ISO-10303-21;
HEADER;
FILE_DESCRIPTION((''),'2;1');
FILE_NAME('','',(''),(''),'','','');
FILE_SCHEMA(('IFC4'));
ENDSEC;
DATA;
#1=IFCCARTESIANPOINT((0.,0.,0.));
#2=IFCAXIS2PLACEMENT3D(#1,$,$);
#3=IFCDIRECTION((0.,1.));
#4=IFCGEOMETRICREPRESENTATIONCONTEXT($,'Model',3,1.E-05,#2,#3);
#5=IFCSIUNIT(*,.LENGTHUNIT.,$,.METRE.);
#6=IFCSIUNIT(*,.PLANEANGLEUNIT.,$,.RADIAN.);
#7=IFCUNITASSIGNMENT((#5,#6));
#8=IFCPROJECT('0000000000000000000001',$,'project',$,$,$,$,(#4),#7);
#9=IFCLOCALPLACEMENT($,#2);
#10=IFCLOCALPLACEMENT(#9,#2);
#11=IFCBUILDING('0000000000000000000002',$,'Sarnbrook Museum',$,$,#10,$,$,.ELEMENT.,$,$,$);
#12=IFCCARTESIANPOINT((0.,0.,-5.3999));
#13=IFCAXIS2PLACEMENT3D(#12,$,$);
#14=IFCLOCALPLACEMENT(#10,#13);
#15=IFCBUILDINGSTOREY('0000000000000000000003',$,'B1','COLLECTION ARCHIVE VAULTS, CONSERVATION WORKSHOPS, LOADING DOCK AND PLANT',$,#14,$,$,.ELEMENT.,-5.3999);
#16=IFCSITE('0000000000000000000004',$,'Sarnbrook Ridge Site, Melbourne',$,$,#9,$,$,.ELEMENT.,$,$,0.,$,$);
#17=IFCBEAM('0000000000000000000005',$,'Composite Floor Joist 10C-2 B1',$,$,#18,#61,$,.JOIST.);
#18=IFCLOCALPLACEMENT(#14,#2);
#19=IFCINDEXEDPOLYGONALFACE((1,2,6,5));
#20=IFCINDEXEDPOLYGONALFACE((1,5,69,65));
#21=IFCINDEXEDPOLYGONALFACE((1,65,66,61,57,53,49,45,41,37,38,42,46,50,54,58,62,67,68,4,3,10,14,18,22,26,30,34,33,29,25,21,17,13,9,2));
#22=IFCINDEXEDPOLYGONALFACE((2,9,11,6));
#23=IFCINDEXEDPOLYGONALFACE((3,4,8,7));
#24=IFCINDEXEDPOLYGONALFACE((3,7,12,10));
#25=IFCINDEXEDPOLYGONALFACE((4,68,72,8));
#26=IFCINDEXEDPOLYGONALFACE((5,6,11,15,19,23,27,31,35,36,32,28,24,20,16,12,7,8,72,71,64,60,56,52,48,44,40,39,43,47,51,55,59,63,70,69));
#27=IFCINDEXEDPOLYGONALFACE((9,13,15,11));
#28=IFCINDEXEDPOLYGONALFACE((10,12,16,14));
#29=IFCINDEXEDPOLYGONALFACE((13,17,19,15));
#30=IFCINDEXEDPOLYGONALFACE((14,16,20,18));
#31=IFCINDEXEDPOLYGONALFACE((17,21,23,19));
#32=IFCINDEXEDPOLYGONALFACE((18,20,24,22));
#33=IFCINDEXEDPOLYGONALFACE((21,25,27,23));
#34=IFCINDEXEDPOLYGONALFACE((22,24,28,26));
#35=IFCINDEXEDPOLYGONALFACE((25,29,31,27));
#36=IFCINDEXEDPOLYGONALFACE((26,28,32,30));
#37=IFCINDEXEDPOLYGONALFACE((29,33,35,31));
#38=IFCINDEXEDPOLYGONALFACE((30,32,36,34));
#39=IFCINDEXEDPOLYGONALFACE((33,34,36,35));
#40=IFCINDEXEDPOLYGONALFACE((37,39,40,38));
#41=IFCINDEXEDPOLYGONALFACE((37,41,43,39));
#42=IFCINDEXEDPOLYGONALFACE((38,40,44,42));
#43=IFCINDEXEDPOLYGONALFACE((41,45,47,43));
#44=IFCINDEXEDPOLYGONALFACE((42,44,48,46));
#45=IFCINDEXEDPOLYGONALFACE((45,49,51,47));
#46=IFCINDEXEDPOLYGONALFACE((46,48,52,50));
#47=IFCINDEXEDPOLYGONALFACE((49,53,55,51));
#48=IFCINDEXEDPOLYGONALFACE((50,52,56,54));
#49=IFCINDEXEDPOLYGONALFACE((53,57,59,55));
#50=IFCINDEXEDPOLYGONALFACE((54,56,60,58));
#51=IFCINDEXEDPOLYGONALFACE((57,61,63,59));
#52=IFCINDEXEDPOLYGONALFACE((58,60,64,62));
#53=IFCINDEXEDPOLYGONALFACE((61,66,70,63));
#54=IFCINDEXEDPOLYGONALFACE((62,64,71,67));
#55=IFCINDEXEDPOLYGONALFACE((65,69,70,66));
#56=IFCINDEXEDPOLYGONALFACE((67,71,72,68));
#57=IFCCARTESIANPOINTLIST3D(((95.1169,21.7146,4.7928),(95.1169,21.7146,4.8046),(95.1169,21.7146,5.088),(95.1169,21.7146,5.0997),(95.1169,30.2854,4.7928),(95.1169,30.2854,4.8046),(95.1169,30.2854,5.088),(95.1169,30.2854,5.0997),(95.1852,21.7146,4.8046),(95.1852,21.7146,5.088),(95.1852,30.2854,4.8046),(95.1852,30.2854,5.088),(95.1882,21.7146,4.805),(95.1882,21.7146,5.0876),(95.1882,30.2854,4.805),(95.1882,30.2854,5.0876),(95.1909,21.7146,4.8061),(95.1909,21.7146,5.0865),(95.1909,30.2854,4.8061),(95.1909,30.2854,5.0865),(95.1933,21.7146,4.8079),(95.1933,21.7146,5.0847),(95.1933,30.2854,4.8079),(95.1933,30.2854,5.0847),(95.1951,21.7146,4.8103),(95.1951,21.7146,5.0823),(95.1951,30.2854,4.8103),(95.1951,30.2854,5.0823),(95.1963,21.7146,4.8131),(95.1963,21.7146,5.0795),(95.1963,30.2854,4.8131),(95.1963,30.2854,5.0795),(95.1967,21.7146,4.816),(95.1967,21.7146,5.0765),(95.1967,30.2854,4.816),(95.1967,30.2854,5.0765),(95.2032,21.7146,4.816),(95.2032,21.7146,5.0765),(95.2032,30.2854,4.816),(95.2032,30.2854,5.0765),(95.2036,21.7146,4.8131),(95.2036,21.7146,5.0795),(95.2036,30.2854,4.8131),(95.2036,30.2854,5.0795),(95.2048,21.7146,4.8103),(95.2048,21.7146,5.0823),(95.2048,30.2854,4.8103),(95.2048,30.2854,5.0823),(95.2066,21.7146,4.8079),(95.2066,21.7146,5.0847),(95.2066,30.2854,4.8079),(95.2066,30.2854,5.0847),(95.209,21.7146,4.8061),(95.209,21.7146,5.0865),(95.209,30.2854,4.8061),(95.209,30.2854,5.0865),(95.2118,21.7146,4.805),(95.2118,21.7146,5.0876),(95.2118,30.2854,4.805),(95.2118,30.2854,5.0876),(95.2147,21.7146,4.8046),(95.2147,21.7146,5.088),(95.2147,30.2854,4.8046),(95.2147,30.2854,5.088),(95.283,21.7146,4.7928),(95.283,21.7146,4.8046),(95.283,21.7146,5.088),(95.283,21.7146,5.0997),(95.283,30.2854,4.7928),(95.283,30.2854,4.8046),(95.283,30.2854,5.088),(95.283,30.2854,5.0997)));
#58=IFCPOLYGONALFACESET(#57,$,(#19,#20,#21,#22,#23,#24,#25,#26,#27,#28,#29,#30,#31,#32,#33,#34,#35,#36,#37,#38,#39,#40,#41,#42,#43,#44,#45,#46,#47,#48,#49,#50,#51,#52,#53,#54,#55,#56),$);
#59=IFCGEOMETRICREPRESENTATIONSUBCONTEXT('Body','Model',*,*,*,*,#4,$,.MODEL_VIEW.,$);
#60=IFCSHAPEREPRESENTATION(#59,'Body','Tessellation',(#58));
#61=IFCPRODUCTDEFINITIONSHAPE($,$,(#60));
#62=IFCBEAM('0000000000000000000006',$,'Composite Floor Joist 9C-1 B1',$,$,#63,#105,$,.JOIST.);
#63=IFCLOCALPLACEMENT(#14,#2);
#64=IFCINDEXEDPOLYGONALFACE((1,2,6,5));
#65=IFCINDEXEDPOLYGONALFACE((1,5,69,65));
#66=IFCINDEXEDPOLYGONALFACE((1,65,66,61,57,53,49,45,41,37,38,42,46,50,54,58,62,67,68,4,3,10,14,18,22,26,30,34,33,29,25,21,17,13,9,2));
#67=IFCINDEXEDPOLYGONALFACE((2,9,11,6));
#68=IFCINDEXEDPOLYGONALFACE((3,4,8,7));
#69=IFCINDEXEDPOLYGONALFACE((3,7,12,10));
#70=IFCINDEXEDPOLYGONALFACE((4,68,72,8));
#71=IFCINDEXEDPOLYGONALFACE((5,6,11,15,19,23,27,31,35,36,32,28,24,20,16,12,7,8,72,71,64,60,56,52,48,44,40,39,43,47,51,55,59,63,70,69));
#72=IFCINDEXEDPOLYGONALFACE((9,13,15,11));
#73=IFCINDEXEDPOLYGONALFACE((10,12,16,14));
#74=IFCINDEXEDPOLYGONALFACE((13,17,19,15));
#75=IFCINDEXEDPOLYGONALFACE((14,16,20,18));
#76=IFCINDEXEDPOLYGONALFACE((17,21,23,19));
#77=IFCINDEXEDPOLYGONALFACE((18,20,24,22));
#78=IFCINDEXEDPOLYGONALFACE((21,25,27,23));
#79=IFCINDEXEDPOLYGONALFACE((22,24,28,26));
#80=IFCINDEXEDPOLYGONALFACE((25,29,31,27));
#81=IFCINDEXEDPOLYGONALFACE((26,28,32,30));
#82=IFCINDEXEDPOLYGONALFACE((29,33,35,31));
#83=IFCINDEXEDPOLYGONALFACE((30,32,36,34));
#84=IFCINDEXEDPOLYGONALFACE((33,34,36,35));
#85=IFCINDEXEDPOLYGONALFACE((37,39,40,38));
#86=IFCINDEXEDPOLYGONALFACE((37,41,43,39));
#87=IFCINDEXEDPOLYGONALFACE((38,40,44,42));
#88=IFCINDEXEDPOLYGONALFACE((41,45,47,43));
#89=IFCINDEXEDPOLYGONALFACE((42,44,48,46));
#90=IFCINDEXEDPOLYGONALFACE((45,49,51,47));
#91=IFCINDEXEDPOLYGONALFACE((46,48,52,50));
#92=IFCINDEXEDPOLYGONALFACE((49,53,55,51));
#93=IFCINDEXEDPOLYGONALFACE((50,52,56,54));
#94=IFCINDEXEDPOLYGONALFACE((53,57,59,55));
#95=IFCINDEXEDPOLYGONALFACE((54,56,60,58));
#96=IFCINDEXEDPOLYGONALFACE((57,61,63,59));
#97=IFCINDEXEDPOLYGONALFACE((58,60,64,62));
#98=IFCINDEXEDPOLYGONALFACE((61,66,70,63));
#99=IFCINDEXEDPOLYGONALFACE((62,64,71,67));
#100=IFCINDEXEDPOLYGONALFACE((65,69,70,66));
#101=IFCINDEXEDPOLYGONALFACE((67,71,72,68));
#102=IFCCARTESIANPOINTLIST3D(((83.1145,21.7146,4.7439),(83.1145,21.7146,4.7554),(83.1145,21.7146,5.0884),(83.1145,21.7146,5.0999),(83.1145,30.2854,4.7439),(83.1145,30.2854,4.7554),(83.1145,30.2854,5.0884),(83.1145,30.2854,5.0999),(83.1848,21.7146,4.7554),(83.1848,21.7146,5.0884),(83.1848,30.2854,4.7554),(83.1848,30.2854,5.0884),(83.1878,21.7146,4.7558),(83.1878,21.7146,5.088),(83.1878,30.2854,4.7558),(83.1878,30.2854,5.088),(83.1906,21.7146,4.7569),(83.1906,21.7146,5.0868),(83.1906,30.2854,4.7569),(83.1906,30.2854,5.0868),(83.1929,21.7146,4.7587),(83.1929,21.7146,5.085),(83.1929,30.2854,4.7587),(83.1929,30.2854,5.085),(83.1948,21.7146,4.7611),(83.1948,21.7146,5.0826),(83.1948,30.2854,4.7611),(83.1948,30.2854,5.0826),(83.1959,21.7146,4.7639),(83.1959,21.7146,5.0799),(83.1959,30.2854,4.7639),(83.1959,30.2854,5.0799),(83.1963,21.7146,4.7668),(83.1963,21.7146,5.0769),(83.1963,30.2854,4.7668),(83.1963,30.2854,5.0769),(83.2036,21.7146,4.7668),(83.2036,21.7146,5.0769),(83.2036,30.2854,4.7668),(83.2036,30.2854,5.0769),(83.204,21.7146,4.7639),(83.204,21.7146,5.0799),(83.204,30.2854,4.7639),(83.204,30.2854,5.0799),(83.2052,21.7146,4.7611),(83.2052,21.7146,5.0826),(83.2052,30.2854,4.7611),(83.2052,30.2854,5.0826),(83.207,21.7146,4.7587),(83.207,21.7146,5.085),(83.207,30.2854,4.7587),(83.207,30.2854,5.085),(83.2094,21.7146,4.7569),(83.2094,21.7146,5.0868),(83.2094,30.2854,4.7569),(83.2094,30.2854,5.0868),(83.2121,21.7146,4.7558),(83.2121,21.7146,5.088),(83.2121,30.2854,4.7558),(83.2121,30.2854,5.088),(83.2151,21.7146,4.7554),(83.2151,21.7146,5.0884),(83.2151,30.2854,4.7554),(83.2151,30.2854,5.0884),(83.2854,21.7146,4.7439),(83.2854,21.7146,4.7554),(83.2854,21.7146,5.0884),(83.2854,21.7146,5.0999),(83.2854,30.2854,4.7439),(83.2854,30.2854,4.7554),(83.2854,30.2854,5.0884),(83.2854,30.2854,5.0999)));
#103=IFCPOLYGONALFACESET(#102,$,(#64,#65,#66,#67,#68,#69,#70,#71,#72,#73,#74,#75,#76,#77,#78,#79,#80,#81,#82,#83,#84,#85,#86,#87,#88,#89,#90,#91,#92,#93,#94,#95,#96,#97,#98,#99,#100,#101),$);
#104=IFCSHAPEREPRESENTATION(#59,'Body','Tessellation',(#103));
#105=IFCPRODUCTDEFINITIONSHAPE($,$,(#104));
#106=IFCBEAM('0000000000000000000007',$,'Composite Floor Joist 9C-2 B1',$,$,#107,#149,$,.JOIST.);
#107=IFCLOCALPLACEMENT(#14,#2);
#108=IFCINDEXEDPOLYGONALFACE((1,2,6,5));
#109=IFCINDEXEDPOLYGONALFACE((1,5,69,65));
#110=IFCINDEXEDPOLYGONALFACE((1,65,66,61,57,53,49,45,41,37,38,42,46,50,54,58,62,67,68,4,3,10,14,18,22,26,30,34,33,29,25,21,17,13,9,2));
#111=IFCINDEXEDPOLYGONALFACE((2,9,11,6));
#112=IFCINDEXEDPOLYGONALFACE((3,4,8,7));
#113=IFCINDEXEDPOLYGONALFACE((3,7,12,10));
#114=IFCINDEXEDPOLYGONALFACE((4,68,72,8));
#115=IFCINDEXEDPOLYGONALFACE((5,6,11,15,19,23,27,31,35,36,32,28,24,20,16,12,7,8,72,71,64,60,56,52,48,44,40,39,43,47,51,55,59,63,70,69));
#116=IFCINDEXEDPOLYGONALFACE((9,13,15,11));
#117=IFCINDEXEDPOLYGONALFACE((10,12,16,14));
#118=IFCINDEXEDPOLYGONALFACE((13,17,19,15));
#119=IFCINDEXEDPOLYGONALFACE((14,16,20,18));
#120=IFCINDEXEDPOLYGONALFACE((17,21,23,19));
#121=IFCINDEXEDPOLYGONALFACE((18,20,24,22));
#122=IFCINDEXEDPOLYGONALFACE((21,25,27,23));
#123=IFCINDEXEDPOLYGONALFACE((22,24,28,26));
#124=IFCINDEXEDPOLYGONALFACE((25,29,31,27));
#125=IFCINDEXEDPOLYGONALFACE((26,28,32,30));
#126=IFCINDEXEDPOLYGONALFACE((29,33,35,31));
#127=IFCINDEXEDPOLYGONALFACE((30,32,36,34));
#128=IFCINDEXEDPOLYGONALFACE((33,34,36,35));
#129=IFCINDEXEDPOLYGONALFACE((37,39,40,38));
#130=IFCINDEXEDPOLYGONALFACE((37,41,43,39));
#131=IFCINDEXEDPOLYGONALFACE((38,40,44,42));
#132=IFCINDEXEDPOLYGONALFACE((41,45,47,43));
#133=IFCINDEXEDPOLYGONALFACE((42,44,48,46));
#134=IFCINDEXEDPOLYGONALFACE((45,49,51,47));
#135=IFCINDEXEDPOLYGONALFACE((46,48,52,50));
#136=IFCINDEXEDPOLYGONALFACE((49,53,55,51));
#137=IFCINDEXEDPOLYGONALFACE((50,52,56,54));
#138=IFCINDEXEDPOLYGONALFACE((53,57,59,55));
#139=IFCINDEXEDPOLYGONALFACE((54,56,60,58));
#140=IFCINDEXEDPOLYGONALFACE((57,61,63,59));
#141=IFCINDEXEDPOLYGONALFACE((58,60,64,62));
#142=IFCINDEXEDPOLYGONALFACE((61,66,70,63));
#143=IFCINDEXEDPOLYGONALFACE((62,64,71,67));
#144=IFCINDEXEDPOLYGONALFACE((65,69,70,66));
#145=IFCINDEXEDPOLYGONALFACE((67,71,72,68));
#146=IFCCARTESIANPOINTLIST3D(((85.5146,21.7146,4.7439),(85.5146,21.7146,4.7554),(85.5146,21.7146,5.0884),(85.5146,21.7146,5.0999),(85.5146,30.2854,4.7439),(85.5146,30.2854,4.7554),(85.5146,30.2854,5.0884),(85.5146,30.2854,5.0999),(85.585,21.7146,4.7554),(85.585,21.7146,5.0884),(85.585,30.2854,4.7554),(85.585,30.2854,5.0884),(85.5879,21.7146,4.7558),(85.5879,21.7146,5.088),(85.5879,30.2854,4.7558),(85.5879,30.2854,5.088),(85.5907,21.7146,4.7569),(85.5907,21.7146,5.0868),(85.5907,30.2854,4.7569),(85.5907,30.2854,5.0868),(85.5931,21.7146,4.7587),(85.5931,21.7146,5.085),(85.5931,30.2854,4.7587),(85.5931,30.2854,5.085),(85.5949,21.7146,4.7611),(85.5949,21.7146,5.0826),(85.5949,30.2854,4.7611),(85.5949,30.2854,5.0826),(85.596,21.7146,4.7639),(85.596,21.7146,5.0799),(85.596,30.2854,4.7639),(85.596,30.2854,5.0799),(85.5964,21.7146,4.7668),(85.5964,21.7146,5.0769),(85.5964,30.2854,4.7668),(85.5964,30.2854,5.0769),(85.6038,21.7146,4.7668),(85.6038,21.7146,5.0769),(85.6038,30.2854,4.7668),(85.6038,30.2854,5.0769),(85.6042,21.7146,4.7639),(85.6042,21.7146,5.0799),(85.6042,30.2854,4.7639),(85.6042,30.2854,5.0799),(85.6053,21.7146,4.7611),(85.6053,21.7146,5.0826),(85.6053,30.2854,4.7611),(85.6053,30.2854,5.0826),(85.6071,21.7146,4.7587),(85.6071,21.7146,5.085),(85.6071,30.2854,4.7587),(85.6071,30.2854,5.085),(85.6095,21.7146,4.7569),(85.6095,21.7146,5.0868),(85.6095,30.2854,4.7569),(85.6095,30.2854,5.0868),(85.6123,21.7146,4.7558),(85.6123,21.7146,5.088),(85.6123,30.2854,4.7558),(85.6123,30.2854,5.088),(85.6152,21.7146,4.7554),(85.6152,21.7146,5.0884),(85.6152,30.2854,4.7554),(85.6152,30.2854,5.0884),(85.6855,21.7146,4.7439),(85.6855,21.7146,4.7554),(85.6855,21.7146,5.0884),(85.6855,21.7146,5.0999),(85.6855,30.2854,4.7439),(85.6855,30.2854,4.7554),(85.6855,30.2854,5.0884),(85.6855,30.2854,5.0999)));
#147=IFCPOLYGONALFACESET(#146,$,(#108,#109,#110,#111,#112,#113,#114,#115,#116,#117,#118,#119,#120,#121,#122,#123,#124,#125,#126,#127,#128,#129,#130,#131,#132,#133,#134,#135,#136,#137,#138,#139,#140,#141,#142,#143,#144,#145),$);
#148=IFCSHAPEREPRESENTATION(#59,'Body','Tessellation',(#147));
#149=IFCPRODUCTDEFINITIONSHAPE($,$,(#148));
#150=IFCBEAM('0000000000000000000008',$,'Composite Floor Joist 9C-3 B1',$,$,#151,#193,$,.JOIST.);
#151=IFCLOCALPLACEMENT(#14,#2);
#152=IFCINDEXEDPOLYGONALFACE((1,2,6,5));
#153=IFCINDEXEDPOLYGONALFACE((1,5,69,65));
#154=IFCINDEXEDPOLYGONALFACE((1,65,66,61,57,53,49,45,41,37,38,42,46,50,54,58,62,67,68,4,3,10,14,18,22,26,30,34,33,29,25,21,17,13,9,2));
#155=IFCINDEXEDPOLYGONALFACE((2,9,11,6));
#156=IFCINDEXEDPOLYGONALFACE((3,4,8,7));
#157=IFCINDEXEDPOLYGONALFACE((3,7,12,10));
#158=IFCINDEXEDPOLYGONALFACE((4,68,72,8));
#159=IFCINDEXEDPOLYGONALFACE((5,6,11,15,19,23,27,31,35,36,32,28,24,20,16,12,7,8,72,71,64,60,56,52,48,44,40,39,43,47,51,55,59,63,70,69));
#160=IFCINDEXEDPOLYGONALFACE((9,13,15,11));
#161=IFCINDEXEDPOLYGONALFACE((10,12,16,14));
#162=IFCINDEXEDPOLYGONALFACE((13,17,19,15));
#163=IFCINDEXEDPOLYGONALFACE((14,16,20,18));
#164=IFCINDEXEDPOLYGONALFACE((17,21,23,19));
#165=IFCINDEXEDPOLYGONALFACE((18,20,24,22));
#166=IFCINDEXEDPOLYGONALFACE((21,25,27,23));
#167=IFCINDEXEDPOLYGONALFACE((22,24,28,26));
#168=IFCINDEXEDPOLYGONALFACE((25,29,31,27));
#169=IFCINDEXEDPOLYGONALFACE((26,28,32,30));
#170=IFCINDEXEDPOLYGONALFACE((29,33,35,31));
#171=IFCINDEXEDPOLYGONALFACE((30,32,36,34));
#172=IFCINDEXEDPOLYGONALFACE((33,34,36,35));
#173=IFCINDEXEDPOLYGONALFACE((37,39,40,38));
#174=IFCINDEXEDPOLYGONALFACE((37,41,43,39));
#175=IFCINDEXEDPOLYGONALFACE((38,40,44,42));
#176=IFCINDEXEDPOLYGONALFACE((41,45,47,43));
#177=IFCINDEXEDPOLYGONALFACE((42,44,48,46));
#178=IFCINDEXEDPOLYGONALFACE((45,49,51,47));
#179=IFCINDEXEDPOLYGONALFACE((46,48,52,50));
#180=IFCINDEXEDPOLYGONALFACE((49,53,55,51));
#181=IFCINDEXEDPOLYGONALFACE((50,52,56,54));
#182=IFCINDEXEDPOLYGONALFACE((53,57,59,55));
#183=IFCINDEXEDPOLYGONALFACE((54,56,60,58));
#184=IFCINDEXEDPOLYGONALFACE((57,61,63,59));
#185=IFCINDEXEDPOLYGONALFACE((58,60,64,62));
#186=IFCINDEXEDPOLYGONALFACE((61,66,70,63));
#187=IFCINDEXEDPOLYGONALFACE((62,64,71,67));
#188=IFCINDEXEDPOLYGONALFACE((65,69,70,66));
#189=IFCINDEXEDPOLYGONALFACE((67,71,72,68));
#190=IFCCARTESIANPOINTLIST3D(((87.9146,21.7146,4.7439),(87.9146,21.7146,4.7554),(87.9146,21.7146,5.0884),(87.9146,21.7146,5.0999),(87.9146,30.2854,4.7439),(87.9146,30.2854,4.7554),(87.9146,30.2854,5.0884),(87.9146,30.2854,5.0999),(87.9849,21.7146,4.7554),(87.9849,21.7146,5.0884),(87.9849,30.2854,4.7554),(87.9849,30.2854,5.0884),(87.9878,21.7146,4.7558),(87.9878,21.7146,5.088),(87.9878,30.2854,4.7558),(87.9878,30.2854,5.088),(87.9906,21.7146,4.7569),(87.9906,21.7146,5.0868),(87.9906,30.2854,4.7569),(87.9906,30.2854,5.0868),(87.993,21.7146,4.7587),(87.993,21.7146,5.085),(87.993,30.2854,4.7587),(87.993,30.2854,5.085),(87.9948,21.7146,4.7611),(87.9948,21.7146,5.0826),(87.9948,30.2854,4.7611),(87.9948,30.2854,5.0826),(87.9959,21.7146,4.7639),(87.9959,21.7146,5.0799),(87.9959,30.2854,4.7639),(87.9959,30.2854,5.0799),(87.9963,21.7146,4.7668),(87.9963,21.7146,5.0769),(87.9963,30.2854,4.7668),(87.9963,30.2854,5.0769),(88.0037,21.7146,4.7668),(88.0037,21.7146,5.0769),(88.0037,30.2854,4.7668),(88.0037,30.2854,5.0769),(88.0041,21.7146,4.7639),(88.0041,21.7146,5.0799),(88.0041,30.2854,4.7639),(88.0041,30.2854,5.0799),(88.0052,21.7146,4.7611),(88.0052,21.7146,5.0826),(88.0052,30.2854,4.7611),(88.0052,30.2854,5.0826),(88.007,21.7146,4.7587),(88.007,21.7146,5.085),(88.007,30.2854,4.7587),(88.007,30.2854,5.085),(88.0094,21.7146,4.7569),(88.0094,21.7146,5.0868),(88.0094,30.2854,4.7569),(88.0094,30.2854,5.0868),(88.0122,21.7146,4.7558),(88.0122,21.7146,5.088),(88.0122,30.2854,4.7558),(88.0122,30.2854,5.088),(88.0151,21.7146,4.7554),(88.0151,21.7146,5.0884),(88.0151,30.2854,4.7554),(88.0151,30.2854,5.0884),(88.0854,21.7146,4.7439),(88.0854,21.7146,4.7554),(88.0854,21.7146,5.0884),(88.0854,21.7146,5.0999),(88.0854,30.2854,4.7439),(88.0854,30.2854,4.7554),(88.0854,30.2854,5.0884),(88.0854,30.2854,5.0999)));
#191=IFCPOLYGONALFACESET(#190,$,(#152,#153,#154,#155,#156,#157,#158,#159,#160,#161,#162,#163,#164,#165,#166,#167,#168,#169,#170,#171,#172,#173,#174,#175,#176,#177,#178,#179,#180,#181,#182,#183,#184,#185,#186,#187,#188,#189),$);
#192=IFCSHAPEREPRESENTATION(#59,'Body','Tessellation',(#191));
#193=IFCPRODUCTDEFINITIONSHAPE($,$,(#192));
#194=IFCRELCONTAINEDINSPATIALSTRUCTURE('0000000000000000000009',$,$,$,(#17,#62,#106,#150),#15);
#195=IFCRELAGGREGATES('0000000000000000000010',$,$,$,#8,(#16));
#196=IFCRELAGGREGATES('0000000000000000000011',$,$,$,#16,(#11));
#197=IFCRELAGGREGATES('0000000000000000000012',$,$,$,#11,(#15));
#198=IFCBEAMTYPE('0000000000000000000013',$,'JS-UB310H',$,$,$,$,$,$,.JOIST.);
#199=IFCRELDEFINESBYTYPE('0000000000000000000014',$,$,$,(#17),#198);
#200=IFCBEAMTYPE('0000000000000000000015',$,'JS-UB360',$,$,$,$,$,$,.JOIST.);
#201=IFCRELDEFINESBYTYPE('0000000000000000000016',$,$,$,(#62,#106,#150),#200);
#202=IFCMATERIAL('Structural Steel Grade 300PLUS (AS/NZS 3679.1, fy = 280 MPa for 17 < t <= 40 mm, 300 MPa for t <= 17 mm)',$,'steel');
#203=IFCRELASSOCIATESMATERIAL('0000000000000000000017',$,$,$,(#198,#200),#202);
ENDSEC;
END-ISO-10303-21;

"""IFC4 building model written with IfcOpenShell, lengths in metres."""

from ifc_helpers import new_model, si_unit, direction, frame, origin, origin_2d, place, context, subcontext, project, spatial, i_section, extrude, material, material_profile, profile_set, type_object, element, save


model = new_model("IFC4")

# Units and contexts
model_context = context("Model", 3, precision=1e-05, world=origin(), true_north=direction((0.0, 1.0)))
body_context = subcontext(model_context, "Body", "Model", "MODEL_VIEW")
ifc_project = project(units=[si_unit("LENGTHUNIT", "METRE"), si_unit("PLANEANGLEUNIT", "RADIAN")], contexts=[model_context])

# Site, building, storey
site_placement = place(None, origin())
site = spatial("IfcSite", under=ifc_project, at=site_placement, Name="Sarnbrook Ridge Site, Melbourne", CompositionType="ELEMENT", RefElevation=0.0)
building_placement = place(site_placement, origin())
building = spatial("IfcBuilding", under=site, at=building_placement, Name="Sarnbrook Museum", CompositionType="ELEMENT")
storey_placement = place(building_placement, frame((0.0, 0.0, -5.3999)))
storey = spatial("IfcBuildingStorey", under=building, at=storey_placement, Name="B1", Description="COLLECTION ARCHIVE VAULTS, CONSERVATION WORKSHOPS, LOADING DOCK AND PLANT", CompositionType="ELEMENT", Elevation=-5.3999)

# Beams
ifc_material_1 = material(Name="Structural Steel Grade 300PLUS (AS/NZS 3679.1, fy = 280 MPa for 17 < t <= 40 mm, 300 MPa for t <= 17 mm)", Category="steel")
ifc_material_profile_1 = material_profile(ifc_material_1, i_section(OverallWidth=0.166, OverallDepth=0.3069, WebThickness=0.0066, FlangeThickness=0.0117, FilletRadius=0.0115, at=origin_2d()), Name="310UB46.2")
ifc_profile_set_1 = profile_set([ifc_material_profile_1], Name="Structural Steel Grade 300PLUS (AS/NZS 3679.1, fy = 280 MPa for 17 < t <= 40 mm, 300 MPa for t <= 17 mm)")
beam_type_1 = type_object("IfcBeamType", Name="JS-UB310H", PredefinedType="JOIST", material=ifc_profile_set_1)
for number, where, z_axis, x_axis, name in (
    (1, (95.2, 21.7146, 4.9463), (0.0, 1.0, 0.0), (-1.0, 0.0, 0.0), "Composite Floor Joist 10C-2 B1"),
):
    element("IfcBeam", number, at=place(storey_placement, frame(where, z_axis=z_axis, x_axis=x_axis)), inside=storey, type_object=beam_type_1, Name=name, PredefinedType="JOIST", context=body_context, shape_type="SweptSolid", body=[
        extrude(i_section(OverallWidth=0.166, OverallDepth=0.3069, WebThickness=0.0066, FlangeThickness=0.0117, FilletRadius=0.0115, at=origin_2d()), origin(), (0.0, 0.0, 1.0), 8.5708),
    ])
ifc_material_profile_2 = material_profile(ifc_material_1, i_section(OverallWidth=0.1709, OverallDepth=0.356, WebThickness=0.0073, FlangeThickness=0.0115, FilletRadius=0.0115, at=origin_2d()), Name="360UB50.7")
ifc_profile_set_2 = profile_set([ifc_material_profile_2], Name="Structural Steel Grade 300PLUS (AS/NZS 3679.1, fy = 280 MPa for 17 < t <= 40 mm, 300 MPa for t <= 17 mm)")
beam_type_2 = type_object("IfcBeamType", Name="JS-UB360", PredefinedType="JOIST", material=ifc_profile_set_2)
for number, where, z_axis, x_axis, name in (
    (2, (83.2, 21.7146, 4.9219), (0.0, 1.0, 0.0), (-1.0, 0.0, 0.0), "Composite Floor Joist 9C-1 B1"),
    (3, (85.6001, 21.7146, 4.9219), (0.0, 1.0, 0.0), (-1.0, 0.0, 0.0), "Composite Floor Joist 9C-2 B1"),
    (4, (88.0, 21.7146, 4.9219), (0.0, 1.0, 0.0), (-1.0, 0.0, 0.0), "Composite Floor Joist 9C-3 B1"),
):
    element("IfcBeam", number, at=place(storey_placement, frame(where, z_axis=z_axis, x_axis=x_axis)), inside=storey, type_object=beam_type_2, Name=name, PredefinedType="JOIST", context=body_context, shape_type="SweptSolid", body=[
        extrude(i_section(OverallWidth=0.1709, OverallDepth=0.356, WebThickness=0.0073, FlangeThickness=0.0115, FilletRadius=0.0115, at=origin_2d()), origin(), (0.0, 0.0, 1.0), 8.5708),
    ])

save(model, "model.ifc")
